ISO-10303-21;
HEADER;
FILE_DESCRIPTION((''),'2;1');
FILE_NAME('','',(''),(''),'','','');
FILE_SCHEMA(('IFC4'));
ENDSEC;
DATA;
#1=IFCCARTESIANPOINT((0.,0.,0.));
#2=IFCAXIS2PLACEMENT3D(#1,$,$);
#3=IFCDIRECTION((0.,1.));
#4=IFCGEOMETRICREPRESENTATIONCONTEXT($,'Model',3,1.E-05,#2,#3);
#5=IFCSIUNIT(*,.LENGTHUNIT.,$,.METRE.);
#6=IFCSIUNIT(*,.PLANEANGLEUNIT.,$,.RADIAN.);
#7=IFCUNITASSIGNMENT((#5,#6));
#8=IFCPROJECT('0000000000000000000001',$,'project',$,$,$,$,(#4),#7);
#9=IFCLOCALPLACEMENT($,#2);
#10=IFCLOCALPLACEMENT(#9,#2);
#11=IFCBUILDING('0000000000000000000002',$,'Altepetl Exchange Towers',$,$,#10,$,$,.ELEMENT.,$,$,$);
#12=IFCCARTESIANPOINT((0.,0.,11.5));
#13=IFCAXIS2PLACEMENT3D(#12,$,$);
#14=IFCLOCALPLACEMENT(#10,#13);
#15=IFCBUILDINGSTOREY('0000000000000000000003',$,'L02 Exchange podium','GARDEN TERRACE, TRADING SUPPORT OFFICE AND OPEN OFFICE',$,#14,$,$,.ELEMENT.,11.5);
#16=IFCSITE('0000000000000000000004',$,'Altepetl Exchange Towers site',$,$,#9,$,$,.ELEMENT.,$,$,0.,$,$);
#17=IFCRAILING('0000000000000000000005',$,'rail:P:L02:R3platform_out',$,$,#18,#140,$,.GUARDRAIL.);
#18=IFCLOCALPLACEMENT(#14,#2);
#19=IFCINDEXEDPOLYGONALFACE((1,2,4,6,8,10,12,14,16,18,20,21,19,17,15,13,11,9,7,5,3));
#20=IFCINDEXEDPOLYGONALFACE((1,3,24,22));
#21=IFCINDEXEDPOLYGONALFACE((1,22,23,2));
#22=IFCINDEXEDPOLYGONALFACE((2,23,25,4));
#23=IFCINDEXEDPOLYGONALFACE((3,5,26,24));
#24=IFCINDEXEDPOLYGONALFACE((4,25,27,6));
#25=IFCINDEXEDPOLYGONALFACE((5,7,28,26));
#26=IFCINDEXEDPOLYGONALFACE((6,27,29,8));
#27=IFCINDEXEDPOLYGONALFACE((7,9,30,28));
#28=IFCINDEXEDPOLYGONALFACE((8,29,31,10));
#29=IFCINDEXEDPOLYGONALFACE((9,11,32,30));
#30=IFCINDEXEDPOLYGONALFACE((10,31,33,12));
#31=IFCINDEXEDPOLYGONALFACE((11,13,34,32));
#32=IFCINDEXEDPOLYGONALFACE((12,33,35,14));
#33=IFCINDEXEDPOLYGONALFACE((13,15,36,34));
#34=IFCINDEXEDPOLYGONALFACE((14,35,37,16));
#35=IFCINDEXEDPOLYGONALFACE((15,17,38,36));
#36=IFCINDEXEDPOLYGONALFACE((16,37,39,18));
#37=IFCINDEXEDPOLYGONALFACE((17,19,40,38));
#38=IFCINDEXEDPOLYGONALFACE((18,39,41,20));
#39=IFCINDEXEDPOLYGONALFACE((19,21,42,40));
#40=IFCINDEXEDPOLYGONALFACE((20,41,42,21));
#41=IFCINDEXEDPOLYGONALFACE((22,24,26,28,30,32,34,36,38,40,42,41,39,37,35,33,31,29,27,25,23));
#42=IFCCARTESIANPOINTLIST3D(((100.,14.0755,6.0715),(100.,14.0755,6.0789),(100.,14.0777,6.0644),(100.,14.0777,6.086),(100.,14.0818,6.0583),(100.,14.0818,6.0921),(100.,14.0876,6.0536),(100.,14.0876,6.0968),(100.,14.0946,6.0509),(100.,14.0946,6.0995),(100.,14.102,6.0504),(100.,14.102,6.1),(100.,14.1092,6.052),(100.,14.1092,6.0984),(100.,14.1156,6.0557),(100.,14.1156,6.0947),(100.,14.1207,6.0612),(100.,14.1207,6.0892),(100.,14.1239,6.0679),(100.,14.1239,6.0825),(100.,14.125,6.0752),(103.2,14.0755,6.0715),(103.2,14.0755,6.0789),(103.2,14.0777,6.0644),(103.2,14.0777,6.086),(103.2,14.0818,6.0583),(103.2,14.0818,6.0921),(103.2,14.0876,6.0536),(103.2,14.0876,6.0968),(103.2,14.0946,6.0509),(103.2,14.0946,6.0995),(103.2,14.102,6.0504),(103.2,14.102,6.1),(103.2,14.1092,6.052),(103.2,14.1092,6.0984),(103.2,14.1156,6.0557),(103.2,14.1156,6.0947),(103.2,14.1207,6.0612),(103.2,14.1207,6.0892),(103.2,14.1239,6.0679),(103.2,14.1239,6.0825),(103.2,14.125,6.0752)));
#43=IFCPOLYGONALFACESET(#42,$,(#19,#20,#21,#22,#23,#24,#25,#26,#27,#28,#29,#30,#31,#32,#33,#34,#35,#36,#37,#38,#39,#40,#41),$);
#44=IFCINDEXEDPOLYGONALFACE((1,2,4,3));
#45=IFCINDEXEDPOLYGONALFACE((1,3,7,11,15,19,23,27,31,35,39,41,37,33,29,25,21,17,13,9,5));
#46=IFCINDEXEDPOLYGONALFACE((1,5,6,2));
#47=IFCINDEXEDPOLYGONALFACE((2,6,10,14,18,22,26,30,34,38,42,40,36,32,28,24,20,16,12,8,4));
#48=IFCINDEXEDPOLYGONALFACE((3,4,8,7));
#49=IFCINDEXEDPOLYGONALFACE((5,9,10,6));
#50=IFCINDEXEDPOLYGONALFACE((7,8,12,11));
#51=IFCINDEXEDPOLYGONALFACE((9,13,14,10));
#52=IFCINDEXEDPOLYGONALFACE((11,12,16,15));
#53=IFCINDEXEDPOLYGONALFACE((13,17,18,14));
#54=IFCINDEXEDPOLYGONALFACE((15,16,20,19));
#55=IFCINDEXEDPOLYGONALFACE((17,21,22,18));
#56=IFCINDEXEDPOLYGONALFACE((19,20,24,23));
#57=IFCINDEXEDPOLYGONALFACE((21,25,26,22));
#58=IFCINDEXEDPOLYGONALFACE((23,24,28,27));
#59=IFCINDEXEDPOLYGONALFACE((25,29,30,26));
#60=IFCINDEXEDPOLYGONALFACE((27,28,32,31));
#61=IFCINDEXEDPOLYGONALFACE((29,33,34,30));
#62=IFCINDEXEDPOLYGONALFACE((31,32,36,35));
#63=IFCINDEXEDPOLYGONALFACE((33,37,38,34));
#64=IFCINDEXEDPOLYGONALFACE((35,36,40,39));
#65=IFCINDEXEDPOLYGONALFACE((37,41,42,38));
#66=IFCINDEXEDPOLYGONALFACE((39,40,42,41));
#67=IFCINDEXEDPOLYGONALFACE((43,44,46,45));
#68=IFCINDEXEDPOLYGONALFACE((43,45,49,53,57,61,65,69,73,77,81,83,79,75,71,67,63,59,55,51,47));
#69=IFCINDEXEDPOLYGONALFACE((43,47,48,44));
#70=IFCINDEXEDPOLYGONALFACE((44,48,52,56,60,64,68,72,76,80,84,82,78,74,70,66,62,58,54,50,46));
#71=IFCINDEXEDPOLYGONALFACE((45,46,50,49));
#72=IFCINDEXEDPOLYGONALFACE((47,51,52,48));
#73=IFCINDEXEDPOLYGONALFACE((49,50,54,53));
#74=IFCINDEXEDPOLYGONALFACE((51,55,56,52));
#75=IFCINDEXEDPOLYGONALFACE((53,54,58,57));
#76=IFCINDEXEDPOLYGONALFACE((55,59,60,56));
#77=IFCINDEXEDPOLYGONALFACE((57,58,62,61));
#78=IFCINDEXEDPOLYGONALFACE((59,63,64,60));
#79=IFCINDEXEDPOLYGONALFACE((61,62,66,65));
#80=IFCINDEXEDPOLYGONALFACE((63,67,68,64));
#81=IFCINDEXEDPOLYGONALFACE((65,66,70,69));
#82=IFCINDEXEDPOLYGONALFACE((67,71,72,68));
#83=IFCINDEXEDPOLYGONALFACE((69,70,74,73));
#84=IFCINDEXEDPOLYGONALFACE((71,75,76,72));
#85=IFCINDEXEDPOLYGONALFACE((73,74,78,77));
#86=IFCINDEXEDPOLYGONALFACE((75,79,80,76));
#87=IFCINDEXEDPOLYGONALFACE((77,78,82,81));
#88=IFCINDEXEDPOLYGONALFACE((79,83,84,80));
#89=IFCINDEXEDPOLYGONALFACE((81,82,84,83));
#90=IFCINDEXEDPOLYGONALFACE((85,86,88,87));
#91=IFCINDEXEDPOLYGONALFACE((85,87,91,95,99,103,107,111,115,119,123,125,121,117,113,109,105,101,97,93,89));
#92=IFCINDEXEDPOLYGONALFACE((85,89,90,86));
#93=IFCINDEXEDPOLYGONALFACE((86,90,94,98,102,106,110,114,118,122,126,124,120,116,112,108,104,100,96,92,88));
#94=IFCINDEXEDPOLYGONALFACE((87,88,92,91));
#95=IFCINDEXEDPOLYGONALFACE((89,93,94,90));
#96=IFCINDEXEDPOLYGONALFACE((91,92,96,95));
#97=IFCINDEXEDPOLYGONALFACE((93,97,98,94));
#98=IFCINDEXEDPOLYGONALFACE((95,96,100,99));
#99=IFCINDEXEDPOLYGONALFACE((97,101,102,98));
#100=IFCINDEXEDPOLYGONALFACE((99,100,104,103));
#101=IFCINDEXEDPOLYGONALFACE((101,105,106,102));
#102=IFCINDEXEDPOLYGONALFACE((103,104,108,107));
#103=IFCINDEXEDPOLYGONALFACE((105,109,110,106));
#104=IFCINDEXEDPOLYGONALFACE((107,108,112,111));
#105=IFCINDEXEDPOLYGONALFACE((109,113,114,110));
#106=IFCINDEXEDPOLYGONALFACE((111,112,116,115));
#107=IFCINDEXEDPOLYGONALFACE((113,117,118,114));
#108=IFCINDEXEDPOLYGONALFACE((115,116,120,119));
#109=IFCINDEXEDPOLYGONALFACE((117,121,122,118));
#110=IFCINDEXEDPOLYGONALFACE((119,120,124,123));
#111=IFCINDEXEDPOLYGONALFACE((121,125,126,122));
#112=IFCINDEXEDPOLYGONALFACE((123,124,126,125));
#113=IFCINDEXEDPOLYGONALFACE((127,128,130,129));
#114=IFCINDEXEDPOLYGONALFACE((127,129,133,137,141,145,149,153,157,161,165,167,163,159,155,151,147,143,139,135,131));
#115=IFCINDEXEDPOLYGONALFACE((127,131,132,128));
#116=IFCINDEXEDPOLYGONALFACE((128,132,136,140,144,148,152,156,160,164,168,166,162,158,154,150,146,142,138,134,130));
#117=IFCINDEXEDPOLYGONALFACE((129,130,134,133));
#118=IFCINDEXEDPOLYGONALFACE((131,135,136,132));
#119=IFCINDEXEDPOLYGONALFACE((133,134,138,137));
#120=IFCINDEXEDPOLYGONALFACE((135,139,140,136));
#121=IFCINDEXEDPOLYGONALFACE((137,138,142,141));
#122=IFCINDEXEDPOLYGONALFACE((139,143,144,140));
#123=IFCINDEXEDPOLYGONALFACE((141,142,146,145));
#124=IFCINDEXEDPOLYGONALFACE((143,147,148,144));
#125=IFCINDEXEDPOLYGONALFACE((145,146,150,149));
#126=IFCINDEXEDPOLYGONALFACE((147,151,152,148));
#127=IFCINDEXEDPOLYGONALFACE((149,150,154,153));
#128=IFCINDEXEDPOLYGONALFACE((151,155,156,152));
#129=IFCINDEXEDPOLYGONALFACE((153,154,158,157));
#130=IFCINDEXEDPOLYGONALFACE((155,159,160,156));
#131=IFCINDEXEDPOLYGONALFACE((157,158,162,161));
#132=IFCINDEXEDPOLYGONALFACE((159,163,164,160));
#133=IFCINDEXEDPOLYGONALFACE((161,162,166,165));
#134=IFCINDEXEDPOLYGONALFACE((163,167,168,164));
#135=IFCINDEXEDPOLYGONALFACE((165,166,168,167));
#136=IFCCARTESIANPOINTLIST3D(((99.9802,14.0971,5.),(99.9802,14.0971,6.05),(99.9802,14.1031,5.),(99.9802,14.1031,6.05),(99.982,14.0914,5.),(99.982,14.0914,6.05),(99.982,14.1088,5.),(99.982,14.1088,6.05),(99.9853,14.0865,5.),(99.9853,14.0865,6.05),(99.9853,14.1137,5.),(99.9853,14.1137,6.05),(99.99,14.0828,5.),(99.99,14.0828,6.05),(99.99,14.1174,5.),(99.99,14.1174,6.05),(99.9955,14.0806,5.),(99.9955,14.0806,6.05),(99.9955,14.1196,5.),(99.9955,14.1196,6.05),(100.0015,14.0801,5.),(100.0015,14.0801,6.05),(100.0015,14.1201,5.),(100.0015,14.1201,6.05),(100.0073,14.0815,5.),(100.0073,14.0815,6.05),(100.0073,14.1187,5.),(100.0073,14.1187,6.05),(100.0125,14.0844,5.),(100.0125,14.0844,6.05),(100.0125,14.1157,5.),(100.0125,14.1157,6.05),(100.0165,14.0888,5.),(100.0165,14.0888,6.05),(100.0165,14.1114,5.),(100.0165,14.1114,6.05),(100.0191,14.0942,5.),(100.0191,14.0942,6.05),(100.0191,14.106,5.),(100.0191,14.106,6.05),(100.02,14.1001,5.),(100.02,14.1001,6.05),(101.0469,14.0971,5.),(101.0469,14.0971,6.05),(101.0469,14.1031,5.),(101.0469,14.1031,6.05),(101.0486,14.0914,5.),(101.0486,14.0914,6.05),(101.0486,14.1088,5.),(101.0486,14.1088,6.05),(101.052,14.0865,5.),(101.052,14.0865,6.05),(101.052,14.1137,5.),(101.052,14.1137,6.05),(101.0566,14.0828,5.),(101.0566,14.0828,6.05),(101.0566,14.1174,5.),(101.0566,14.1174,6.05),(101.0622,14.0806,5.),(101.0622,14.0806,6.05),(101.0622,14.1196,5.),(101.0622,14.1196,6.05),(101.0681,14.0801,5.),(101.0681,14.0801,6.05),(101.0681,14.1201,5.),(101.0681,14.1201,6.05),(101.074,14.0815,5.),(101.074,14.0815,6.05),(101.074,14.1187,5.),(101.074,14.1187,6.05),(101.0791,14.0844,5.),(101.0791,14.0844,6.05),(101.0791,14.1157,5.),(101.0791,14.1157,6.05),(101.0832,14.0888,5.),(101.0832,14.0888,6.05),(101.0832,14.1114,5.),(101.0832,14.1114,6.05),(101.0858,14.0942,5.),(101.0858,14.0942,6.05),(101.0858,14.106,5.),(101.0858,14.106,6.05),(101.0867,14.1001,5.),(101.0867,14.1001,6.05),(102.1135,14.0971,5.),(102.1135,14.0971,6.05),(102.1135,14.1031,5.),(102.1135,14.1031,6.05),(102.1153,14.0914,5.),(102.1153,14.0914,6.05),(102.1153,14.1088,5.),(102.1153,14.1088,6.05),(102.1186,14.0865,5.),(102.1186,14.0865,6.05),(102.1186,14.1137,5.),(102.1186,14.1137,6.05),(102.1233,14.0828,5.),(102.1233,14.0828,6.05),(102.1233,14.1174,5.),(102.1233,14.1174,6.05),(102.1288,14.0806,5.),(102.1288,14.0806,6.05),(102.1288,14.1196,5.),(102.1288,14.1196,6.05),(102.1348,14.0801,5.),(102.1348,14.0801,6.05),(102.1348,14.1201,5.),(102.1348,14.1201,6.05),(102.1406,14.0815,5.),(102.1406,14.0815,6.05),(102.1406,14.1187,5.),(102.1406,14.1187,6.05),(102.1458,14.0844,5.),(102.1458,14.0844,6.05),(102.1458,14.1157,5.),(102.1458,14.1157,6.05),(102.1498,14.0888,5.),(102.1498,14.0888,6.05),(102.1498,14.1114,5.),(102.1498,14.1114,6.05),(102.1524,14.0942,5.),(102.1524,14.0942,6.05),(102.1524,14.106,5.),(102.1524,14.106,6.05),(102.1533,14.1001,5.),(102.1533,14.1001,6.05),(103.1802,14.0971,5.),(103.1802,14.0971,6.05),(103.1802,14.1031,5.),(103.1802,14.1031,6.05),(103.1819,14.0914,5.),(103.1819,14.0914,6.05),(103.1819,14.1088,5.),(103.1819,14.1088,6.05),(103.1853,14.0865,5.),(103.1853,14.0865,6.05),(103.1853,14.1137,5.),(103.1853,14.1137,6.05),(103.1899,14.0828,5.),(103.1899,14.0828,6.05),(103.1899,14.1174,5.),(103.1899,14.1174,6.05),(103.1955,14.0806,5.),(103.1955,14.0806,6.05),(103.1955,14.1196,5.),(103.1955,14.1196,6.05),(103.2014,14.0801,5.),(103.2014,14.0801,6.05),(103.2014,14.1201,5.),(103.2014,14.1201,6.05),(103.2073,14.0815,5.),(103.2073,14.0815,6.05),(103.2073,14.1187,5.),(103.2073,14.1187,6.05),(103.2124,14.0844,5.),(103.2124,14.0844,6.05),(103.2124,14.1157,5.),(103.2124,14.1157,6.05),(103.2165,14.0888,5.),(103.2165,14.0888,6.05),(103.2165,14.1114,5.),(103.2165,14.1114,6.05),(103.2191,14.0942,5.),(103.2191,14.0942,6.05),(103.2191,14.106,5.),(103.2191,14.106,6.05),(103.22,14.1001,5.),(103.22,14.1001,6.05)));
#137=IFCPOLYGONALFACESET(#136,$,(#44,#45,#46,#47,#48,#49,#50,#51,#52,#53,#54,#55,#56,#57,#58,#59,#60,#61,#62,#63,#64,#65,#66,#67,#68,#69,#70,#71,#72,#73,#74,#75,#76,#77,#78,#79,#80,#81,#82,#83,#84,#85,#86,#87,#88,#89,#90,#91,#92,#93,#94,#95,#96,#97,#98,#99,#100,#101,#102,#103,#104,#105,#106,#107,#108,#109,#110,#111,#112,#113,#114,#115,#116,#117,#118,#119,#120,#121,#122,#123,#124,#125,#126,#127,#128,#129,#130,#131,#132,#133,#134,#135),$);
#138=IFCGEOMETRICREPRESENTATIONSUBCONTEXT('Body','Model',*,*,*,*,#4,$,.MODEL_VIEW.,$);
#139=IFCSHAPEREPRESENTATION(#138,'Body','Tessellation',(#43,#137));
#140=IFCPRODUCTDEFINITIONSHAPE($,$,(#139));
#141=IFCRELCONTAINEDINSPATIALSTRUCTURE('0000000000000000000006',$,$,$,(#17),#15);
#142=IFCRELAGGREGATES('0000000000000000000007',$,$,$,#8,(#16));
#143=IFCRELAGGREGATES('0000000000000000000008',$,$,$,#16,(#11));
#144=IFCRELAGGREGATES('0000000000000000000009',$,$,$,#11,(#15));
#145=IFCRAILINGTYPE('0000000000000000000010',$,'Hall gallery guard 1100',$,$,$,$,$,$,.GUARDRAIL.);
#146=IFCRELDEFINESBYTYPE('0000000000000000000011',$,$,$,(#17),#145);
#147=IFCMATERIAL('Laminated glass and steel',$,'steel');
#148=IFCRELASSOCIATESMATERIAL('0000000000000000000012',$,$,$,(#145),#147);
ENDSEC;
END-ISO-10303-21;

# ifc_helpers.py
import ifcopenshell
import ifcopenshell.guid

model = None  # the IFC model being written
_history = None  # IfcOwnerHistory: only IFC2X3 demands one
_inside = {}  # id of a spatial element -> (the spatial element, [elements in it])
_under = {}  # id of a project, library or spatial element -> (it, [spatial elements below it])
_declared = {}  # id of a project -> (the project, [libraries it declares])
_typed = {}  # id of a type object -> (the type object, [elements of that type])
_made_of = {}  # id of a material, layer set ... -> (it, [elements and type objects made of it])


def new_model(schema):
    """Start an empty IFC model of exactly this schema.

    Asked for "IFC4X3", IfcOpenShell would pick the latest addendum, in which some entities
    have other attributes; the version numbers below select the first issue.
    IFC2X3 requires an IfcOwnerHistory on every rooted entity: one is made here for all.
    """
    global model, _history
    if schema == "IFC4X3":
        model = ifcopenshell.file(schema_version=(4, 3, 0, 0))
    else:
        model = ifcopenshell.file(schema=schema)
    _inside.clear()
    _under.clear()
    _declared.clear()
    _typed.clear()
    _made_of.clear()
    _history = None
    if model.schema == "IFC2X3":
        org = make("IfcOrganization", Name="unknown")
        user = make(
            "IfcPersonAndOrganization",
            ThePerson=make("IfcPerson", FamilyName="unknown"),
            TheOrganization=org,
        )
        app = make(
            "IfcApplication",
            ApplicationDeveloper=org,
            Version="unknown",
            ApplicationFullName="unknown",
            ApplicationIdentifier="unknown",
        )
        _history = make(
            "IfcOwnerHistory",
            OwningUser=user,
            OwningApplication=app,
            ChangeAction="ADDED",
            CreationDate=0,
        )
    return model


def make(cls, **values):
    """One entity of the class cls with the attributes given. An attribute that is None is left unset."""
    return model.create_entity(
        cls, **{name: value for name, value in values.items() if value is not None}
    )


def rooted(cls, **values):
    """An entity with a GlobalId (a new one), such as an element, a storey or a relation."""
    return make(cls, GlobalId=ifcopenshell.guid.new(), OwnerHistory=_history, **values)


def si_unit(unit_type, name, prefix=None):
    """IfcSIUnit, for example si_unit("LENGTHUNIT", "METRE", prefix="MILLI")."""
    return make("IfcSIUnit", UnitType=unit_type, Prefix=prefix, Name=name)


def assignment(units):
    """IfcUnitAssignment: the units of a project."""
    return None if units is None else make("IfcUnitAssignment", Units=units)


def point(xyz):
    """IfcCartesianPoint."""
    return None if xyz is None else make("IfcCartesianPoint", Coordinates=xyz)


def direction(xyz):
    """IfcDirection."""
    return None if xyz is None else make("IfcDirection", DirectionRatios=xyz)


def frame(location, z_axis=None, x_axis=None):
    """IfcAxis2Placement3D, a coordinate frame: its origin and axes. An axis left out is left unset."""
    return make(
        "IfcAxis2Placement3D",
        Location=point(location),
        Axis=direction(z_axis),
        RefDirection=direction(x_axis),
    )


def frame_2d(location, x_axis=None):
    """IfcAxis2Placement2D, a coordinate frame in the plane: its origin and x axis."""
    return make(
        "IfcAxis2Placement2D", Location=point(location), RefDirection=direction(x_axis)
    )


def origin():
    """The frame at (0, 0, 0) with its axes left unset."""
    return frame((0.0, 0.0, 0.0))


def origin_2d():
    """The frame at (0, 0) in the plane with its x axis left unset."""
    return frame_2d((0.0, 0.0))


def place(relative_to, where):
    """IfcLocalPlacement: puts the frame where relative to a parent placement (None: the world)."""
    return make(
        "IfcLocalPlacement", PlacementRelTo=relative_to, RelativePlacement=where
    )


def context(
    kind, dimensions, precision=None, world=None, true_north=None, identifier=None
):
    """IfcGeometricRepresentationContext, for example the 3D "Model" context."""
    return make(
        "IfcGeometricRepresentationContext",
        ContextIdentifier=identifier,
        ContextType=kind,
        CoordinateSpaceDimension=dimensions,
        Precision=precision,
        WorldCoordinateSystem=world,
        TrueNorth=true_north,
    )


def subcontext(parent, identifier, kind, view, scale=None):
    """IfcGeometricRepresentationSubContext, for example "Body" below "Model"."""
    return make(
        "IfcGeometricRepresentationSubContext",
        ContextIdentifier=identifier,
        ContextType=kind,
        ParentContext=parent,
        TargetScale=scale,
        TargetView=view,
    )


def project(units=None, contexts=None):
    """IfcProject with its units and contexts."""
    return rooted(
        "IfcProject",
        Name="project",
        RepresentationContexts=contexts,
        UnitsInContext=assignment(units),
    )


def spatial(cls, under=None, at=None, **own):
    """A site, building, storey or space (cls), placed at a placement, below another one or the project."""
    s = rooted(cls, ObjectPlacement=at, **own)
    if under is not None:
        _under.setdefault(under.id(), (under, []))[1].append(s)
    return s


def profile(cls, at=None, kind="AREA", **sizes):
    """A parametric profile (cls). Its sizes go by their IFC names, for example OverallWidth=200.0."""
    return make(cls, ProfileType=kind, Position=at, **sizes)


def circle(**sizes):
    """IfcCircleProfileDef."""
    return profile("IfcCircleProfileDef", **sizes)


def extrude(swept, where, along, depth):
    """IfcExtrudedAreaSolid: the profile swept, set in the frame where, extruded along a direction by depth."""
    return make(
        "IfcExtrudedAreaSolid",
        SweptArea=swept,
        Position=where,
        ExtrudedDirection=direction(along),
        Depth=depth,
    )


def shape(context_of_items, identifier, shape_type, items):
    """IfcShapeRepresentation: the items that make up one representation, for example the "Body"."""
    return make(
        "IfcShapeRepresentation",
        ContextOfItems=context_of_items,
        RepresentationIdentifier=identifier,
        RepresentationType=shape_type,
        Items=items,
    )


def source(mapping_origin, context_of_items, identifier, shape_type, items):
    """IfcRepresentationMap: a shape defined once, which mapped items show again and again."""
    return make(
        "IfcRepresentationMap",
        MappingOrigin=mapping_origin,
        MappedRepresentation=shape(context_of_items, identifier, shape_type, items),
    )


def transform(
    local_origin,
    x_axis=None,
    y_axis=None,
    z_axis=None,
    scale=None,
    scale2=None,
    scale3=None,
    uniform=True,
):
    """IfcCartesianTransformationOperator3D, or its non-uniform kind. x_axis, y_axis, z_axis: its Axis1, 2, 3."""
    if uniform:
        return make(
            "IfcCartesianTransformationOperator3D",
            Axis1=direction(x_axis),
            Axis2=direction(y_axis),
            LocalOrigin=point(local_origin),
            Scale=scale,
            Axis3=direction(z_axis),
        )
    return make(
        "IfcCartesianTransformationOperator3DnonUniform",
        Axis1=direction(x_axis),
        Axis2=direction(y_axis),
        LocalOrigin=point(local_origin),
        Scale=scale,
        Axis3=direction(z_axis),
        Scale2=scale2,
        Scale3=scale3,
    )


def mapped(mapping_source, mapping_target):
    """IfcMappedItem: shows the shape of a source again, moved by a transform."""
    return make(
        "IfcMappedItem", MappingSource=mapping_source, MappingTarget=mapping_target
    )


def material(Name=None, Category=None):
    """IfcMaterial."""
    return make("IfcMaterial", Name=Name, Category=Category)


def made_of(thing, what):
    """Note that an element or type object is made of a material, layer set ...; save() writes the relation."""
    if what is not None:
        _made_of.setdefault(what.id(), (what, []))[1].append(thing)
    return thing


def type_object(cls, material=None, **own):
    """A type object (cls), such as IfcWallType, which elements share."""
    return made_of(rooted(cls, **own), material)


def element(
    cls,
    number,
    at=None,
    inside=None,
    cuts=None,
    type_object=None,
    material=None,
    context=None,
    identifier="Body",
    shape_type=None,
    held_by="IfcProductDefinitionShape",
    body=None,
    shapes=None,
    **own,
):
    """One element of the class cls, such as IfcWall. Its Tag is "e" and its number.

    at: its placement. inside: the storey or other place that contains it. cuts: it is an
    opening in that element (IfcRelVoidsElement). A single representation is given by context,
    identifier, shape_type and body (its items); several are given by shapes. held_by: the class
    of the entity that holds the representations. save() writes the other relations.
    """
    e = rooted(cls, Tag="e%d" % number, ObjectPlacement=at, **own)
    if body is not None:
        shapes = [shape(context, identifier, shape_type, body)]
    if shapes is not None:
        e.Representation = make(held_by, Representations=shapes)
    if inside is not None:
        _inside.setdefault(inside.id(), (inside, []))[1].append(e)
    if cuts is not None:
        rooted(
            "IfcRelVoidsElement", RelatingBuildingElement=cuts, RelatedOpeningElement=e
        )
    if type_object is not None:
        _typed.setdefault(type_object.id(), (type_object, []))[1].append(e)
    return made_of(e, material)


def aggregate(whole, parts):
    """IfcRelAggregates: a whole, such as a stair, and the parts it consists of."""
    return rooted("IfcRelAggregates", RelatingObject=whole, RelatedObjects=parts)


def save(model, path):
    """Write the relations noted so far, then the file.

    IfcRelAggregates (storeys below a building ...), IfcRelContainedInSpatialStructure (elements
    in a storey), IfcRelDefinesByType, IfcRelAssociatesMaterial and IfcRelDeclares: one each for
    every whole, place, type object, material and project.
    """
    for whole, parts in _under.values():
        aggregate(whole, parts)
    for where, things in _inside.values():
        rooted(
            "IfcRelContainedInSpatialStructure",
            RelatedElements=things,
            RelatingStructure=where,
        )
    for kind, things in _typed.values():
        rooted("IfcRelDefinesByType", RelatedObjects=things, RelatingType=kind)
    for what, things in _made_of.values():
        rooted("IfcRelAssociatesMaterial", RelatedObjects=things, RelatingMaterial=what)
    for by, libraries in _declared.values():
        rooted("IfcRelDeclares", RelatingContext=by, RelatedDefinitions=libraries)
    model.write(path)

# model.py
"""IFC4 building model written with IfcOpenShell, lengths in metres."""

from ifc_helpers import new_model, si_unit, direction, frame, origin, origin_2d, place, context, subcontext, project, spatial, circle, extrude, source, transform, mapped, material, type_object, element, save


model = new_model("IFC4")

# Units and contexts
model_context = context("Model", 3, precision=1e-05, world=origin(), true_north=direction((0.0, 1.0)))
body_context = subcontext(model_context, "Body", "Model", "MODEL_VIEW")
ifc_project = project(units=[si_unit("LENGTHUNIT", "METRE"), si_unit("PLANEANGLEUNIT", "RADIAN")], contexts=[model_context])

# Site, building, storey
site_placement = place(None, origin())
site = spatial("IfcSite", under=ifc_project, at=site_placement, Name="Altepetl Exchange Towers site", CompositionType="ELEMENT", RefElevation=0.0)
building_placement = place(site_placement, origin())
building = spatial("IfcBuilding", under=site, at=building_placement, Name="Altepetl Exchange Towers", CompositionType="ELEMENT")
storey_placement = place(building_placement, frame((0.0, 0.0, 11.5)))
storey = spatial("IfcBuildingStorey", under=building, at=storey_placement, Name="L02 Exchange podium", Description="GARDEN TERRACE, TRADING SUPPORT OFFICE AND OPEN OFFICE", CompositionType="ELEMENT", Elevation=11.5)

# Railing
ifc_material_1 = material(Name="Laminated glass and steel", Category="steel")
railing_type = type_object("IfcRailingType", Name="Hall gallery guard 1100", PredefinedType="GUARDRAIL", material=ifc_material_1)
shared_shape = source(origin(), body_context, "Body", "SweptSolid", [
    extrude(circle(Radius=0.02, at=origin_2d()), origin(), (0.0, 0.0, 1.0), 1.05),
])
railing_1_placement = place(storey_placement, frame((100.0, 14.1001, 5.0)))
element("IfcRailing", 1, at=railing_1_placement, inside=storey, type_object=railing_type, Name="rail:P:L02:R3platform_out", PredefinedType="GUARDRAIL", context=body_context, shape_type="SweptSolid", body=[
    extrude(circle(Radius=0.0249, at=origin_2d()), frame((0.0, 0.0, 1.0752), z_axis=(1.0, 0.0, 0.0), x_axis=(0.0, 1.0, 0.0)), (0.0, 0.0, 1.0), 3.2),
    mapped(shared_shape, transform((0.0, 0.0, 0.0))),
    mapped(shared_shape, transform((1.0667, 0.0, 0.0))),
    mapped(shared_shape, transform((2.1333, 0.0, 0.0))),
    mapped(shared_shape, transform((3.2, 0.0, 0.0))),
])

save(model, "model.ifc")
